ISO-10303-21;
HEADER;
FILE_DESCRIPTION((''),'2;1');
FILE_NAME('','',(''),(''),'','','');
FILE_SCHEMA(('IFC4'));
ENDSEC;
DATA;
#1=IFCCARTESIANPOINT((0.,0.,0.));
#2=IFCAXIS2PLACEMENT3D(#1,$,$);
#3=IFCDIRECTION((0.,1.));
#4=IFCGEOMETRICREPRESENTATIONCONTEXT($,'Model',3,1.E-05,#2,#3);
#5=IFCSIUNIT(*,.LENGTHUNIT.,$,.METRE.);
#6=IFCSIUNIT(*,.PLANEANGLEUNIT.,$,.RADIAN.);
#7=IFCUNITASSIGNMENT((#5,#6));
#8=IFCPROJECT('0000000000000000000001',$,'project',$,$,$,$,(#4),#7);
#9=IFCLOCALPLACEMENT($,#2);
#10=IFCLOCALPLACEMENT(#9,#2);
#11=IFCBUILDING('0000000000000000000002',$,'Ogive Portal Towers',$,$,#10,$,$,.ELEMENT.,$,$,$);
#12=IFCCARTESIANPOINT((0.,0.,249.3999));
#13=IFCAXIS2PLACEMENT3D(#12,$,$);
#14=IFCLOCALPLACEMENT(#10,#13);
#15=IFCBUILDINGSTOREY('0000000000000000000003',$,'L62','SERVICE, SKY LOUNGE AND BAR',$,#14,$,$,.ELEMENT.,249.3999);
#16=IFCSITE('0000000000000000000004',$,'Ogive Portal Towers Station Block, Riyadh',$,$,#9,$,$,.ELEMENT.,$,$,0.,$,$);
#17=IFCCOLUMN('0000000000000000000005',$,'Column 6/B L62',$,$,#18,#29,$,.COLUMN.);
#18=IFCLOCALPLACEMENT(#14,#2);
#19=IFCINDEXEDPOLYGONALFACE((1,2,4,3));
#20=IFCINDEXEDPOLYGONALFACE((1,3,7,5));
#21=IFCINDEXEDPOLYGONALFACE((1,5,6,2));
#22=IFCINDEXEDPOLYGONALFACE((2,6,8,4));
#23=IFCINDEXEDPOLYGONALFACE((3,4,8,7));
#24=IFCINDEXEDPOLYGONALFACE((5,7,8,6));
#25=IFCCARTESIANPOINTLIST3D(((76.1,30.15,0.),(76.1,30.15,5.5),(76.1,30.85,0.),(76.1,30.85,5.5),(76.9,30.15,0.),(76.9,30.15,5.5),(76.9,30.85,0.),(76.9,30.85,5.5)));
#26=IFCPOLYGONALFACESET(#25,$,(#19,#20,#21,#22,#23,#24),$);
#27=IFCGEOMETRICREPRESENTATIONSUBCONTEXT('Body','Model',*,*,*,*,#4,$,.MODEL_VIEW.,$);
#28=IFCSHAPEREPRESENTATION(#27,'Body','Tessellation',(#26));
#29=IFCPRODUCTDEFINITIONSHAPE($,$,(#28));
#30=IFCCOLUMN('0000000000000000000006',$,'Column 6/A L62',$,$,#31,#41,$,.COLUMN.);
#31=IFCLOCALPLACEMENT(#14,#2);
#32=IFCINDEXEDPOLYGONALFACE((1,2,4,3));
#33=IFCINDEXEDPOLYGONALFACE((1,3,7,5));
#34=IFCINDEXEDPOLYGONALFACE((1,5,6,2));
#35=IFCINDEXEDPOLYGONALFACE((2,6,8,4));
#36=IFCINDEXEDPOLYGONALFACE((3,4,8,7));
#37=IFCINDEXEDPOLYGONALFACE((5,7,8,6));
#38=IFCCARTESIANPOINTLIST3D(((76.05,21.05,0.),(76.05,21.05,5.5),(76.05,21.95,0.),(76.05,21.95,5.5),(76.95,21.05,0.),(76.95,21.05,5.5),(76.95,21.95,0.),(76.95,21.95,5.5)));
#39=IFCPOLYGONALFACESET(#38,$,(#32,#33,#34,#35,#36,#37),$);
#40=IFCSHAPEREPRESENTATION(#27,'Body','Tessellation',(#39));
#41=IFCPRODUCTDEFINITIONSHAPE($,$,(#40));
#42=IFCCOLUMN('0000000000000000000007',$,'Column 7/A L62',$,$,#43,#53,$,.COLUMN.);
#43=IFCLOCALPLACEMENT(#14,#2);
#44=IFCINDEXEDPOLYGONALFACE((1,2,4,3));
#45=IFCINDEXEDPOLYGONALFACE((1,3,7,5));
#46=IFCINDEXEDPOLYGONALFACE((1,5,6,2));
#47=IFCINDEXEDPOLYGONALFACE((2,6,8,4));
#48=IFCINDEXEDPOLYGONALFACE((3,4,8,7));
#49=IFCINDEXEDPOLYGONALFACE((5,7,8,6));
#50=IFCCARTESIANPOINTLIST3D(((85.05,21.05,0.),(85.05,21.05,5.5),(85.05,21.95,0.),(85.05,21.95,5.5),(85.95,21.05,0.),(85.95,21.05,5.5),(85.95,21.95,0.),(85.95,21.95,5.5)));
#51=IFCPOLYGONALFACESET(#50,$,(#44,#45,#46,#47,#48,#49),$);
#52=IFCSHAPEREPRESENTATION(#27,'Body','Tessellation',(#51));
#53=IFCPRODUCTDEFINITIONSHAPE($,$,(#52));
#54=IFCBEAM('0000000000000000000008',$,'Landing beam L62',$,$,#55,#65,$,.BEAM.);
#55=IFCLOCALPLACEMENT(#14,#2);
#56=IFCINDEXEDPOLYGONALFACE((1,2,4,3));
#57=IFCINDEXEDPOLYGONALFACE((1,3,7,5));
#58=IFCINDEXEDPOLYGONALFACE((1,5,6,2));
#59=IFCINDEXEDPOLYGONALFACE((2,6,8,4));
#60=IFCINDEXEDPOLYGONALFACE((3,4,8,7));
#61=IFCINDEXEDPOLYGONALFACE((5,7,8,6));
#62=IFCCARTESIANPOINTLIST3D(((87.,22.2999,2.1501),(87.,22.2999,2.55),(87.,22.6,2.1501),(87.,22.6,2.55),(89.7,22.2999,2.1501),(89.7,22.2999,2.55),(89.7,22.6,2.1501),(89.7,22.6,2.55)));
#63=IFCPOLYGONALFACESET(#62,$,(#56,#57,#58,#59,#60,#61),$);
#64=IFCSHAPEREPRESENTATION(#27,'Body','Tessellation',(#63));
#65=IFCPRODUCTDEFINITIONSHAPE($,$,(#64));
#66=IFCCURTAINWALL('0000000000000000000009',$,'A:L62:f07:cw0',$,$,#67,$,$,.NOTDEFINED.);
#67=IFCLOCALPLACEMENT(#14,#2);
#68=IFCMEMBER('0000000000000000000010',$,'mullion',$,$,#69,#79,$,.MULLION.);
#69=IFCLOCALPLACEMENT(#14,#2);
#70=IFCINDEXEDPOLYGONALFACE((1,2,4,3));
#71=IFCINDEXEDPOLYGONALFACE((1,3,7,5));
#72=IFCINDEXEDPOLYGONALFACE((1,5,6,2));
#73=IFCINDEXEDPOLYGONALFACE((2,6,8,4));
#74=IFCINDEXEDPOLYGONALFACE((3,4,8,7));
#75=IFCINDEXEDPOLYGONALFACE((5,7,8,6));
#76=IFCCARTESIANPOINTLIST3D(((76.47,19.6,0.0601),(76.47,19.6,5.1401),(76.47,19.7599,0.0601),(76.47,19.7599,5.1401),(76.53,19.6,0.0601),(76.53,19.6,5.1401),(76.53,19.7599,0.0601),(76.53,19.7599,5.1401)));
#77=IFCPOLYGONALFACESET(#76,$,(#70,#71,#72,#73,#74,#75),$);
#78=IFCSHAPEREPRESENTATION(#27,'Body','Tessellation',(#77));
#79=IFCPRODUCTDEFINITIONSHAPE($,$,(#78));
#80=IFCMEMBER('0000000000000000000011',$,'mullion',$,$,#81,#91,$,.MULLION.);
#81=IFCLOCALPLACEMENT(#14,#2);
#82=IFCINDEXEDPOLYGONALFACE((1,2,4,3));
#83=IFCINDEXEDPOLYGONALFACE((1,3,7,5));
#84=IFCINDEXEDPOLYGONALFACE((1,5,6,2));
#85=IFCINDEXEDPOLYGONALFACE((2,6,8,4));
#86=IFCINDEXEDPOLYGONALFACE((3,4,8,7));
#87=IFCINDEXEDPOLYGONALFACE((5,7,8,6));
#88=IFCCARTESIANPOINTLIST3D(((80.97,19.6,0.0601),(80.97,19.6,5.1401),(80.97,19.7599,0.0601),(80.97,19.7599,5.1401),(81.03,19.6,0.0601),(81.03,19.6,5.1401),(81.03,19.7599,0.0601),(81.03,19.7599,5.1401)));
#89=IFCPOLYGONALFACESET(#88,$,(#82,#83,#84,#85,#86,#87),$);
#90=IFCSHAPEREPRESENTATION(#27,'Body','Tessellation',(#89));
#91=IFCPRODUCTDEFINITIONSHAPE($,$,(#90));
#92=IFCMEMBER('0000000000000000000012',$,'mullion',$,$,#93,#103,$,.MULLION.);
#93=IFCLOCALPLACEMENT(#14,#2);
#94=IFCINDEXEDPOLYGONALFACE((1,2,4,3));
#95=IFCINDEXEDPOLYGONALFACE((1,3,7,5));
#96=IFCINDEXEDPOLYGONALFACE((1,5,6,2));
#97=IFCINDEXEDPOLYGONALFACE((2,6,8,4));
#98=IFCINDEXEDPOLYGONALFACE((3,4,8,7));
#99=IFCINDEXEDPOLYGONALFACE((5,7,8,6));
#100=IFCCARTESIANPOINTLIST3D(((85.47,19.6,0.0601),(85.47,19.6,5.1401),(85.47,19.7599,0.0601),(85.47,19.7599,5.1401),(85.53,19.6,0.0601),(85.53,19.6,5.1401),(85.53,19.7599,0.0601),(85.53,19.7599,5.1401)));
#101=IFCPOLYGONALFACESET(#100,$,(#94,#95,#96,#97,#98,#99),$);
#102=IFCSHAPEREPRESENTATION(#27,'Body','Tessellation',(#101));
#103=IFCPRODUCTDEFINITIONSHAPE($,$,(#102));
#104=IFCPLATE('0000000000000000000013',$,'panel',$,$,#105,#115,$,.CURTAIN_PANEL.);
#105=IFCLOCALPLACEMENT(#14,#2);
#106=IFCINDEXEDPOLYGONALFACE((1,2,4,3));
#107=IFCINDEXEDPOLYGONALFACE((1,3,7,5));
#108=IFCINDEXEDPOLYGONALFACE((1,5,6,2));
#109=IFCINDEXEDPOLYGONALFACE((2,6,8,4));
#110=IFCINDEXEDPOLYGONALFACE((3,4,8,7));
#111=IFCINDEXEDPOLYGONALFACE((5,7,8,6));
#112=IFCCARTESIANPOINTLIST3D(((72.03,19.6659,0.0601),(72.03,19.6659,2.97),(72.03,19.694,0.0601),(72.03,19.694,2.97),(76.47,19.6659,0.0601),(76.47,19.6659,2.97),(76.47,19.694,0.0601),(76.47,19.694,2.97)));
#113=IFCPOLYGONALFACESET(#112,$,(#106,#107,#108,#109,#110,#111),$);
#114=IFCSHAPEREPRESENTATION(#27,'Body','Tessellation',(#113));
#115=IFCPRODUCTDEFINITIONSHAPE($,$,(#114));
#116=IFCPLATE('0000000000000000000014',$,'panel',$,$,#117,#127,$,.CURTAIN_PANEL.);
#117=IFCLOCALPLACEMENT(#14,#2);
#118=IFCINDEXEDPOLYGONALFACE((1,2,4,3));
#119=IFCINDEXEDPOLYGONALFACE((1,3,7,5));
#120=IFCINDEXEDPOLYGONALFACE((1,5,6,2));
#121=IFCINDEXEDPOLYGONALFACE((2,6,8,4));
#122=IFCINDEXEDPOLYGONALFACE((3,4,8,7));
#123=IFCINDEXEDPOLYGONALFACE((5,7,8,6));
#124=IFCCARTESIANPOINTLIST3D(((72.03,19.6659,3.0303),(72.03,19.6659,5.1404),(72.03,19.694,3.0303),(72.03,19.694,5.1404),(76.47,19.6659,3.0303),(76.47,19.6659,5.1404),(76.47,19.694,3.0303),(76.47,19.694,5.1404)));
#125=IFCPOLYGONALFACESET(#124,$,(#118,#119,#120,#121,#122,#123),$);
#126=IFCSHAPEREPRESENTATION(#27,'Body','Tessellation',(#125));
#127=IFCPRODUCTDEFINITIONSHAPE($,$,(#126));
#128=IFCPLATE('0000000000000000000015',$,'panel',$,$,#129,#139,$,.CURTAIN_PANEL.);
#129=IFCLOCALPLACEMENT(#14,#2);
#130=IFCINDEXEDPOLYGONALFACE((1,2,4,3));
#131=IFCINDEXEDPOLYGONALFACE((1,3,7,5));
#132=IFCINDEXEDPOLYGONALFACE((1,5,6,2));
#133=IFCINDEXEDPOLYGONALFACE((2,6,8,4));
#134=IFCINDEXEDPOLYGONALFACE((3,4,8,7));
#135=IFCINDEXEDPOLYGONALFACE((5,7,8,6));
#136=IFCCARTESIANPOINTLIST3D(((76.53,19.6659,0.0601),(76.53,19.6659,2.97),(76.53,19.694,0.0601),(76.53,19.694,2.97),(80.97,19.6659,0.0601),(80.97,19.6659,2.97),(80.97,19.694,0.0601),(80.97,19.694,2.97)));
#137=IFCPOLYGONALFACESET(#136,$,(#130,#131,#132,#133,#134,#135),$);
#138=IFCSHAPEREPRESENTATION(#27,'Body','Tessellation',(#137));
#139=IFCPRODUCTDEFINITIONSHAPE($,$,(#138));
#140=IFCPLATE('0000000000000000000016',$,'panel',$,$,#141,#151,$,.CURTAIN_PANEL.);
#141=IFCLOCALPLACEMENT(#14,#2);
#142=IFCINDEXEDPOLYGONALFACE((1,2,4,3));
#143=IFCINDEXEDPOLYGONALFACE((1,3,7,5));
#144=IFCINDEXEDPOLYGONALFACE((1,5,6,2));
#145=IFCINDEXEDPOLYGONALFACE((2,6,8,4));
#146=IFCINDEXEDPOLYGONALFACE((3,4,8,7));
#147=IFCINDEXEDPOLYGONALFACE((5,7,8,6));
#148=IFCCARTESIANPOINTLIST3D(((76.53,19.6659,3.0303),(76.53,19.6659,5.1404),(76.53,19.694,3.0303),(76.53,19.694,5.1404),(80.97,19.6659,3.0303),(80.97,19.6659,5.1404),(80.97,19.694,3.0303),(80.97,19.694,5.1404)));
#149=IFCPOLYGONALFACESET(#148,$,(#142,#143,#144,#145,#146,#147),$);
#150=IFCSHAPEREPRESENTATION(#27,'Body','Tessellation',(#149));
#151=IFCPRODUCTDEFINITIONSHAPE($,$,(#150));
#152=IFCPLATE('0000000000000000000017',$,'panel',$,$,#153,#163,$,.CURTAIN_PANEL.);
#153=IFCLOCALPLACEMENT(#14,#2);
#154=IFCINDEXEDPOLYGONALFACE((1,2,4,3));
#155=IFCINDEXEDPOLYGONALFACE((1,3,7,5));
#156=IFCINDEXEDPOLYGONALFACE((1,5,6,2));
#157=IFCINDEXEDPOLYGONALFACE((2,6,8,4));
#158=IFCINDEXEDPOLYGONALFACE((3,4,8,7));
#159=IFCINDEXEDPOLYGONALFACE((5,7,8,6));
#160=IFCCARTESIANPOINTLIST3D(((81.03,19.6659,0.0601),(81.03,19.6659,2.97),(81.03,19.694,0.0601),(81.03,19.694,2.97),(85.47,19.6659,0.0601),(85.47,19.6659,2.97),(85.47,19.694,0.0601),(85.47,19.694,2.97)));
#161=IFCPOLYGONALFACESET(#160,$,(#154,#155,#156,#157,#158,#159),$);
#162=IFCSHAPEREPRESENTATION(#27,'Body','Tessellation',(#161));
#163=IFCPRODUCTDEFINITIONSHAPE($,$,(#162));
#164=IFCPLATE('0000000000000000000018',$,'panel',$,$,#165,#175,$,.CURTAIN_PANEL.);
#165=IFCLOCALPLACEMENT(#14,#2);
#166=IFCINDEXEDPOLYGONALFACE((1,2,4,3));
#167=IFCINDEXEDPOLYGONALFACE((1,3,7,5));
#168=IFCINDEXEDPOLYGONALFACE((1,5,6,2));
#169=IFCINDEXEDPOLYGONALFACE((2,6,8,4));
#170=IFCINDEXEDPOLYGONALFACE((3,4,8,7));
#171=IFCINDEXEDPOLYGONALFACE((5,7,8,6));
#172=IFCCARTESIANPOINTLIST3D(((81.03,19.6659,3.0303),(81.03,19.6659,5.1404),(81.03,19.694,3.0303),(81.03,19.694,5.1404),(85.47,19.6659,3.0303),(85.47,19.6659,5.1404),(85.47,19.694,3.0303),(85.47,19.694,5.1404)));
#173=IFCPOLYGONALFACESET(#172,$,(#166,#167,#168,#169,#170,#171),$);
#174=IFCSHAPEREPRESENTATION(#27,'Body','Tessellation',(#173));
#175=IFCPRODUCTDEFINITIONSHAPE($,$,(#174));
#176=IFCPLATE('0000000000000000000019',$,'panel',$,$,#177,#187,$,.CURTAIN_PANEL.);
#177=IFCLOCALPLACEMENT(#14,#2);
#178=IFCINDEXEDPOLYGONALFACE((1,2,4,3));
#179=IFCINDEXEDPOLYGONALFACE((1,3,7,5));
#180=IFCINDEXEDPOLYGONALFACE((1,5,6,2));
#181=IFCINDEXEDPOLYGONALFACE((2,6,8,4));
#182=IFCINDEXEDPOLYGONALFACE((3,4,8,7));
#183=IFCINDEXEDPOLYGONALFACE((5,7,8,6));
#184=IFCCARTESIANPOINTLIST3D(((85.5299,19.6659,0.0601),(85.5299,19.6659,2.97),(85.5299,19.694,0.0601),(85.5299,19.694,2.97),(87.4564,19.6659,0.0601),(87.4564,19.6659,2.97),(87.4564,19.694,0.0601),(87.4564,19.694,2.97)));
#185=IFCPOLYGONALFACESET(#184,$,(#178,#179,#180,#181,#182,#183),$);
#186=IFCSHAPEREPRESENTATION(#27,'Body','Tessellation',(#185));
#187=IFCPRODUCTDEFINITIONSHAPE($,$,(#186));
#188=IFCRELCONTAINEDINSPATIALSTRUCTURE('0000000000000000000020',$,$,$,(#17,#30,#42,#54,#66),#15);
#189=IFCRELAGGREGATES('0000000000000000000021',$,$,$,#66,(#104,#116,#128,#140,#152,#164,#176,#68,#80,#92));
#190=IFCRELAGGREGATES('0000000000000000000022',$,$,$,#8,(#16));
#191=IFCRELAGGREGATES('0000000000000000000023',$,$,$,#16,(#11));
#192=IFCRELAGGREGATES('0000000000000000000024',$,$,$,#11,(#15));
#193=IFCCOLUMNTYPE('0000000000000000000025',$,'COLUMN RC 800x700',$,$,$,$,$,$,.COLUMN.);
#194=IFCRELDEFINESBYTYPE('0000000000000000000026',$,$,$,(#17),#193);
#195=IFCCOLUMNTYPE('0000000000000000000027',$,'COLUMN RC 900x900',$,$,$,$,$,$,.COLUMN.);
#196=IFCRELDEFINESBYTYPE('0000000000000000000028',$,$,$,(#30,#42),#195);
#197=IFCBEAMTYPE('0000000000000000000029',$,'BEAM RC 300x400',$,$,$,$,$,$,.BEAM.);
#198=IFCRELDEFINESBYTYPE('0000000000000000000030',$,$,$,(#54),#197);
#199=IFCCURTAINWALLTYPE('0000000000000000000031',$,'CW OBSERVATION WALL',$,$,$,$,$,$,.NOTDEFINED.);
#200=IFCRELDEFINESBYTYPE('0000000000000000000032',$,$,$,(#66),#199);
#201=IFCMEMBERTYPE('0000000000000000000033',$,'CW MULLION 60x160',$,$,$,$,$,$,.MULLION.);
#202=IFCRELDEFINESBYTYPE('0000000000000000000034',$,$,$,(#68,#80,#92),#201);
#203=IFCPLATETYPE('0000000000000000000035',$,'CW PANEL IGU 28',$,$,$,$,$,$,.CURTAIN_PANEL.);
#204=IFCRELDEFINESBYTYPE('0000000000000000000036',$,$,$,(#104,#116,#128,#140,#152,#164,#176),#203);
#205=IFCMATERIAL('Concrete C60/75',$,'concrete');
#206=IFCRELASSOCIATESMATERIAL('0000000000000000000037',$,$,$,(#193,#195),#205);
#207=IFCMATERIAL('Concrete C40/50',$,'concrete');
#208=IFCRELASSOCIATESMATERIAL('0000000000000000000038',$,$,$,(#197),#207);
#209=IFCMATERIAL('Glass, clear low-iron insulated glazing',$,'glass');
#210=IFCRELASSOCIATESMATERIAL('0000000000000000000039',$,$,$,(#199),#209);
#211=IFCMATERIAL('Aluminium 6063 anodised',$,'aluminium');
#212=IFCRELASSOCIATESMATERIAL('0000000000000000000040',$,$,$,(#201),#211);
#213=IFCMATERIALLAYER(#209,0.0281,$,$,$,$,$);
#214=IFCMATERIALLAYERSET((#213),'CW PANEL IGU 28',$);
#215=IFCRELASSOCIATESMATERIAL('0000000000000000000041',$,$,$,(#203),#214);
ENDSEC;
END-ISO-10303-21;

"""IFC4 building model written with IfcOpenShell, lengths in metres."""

from ifc_helpers import new_model, si_unit, direction, frame, origin, origin_2d, place, context, subcontext, project, spatial, rectangle, extrude, material, layer, layer_set, material_profile, profile_set, type_object, element, aggregate, save


model = new_model("IFC4")

# Units and contexts
model_context = context("Model", 3, precision=1e-05, world=origin(), true_north=direction((0.0, 1.0)))
body_context = subcontext(model_context, "Body", "Model", "MODEL_VIEW")
ifc_project = project(units=[si_unit("LENGTHUNIT", "METRE"), si_unit("PLANEANGLEUNIT", "RADIAN")], contexts=[model_context])

# Site, building, storey
site_placement = place(None, origin())
site = spatial("IfcSite", under=ifc_project, at=site_placement, Name="Ogive Portal Towers Station Block, Riyadh", CompositionType="ELEMENT", RefElevation=0.0)
building_placement = place(site_placement, origin())
building = spatial("IfcBuilding", under=site, at=building_placement, Name="Ogive Portal Towers", CompositionType="ELEMENT")
storey_placement = place(building_placement, frame((0.0, 0.0, 249.3999)))
storey = spatial("IfcBuildingStorey", under=building, at=storey_placement, Name="L62", Description="SERVICE, SKY LOUNGE AND BAR", CompositionType="ELEMENT", Elevation=249.3999)

# Columns
ifc_material_1 = material(Name="Concrete C60/75", Category="concrete")
ifc_material_profile_1 = material_profile(ifc_material_1, rectangle(XDim=0.8, YDim=0.7, at=origin_2d()), Name="RC 800x700")
ifc_profile_set_1 = profile_set([ifc_material_profile_1], Name="Concrete C60/75")
column_type_1 = type_object("IfcColumnType", Name="COLUMN RC 800x700", PredefinedType="COLUMN", material=ifc_profile_set_1)
column_placement = place(storey_placement, frame((76.5, 30.5, 0.0), z_axis=(0.0, 0.0, 1.0), x_axis=(1.0, 0.0, 0.0)))
element("IfcColumn", 1, at=column_placement, inside=storey, type_object=column_type_1, Name="Column 6/B L62", PredefinedType="COLUMN", context=body_context, shape_type="SweptSolid", body=[
    extrude(rectangle(XDim=0.8, YDim=0.7, at=origin_2d()), origin(), (0.0, 0.0, 1.0), 5.5),
])
ifc_material_profile_2 = material_profile(ifc_material_1, rectangle(XDim=0.8999, YDim=0.8999, at=origin_2d()), Name="RC 900x900")
ifc_profile_set_2 = profile_set([ifc_material_profile_2], Name="Concrete C60/75")
column_type_2 = type_object("IfcColumnType", Name="COLUMN RC 900x900", PredefinedType="COLUMN", material=ifc_profile_set_2)
for number, where, z_axis, x_axis, name in (
    (2, (76.5, 21.5, 0.0), (0.0, 0.0, 1.0), (1.0, 0.0, 0.0), "Column 6/A L62"),
    (3, (85.5, 21.5, 0.0), (0.0, 0.0, 1.0), (1.0, 0.0, 0.0), "Column 7/A L62"),
):
    element("IfcColumn", number, at=place(storey_placement, frame(where, z_axis=z_axis, x_axis=x_axis)), inside=storey, type_object=column_type_2, Name=name, PredefinedType="COLUMN", context=body_context, shape_type="SweptSolid", body=[
        extrude(rectangle(XDim=0.8999, YDim=0.8999, at=origin_2d()), origin(), (0.0, 0.0, 1.0), 5.5),
    ])

# Beam
ifc_material_2 = material(Name="Concrete C40/50", Category="concrete")
ifc_material_profile_3 = material_profile(ifc_material_2, rectangle(XDim=0.3, YDim=0.3999, at=origin_2d()), Name="RC 300x400")
ifc_profile_set_3 = profile_set([ifc_material_profile_3], Name="Concrete C40/50")
beam_type = type_object("IfcBeamType", Name="BEAM RC 300x400", PredefinedType="BEAM", material=ifc_profile_set_3)
beam_placement = place(storey_placement, frame((87.0, 22.45, 2.3501), z_axis=(1.0, 0.0, 0.0), x_axis=(0.0, 1.0, 0.0)))
element("IfcBeam", 4, at=beam_placement, inside=storey, type_object=beam_type, Name="Landing beam L62", PredefinedType="BEAM", context=body_context, shape_type="SweptSolid", body=[
    extrude(rectangle(XDim=0.3, YDim=0.3999, at=origin_2d()), origin(), (0.0, 0.0, 1.0), 2.7),
])

# Curtain wall, members, plates
ifc_material_3 = material(Name="Glass, clear low-iron insulated glazing", Category="glass")
curtain_wall_type = type_object("IfcCurtainWallType", Name="CW OBSERVATION WALL", PredefinedType="NOTDEFINED", material=ifc_material_3)
curtain_wall_placement = place(storey_placement, origin())
curtain_wall = element("IfcCurtainWall", 5, at=curtain_wall_placement, inside=storey, type_object=curtain_wall_type, Name="A:L62:f07:cw0", PredefinedType="NOTDEFINED")
ifc_material_4 = material(Name="Aluminium 6063 anodised", Category="aluminium")
ifc_material_profile_4 = material_profile(ifc_material_4, rectangle(XDim=0.1599, YDim=0.0601, at=origin_2d()), Name="AL 60x160")
ifc_profile_set_4 = profile_set([ifc_material_profile_4], Name="Aluminium 6063 anodised")
member_type = type_object("IfcMemberType", Name="CW MULLION 60x160", PredefinedType="MULLION", material=ifc_profile_set_4)
member_1_placement = place(storey_placement, frame((76.5, 19.6799, 0.0601), z_axis=(0.0, 0.0, 1.0), x_axis=(0.0, 1.0, 0.0)))
member_1 = element("IfcMember", 6, at=member_1_placement, type_object=member_type, Name="mullion", PredefinedType="MULLION", context=body_context, shape_type="SweptSolid", body=[
    extrude(rectangle(XDim=0.1599, YDim=0.0601, at=origin_2d()), origin(), (0.0, 0.0, 1.0), 5.0801),
])
member_2_placement = place(storey_placement, frame((81.0, 19.6799, 0.0601), z_axis=(0.0, 0.0, 1.0), x_axis=(0.0, 1.0, 0.0)))
member_2 = element("IfcMember", 7, at=member_2_placement, type_object=member_type, Name="mullion", PredefinedType="MULLION", context=body_context, shape_type="SweptSolid", body=[
    extrude(rectangle(XDim=0.1599, YDim=0.0601, at=origin_2d()), origin(), (0.0, 0.0, 1.0), 5.0801),
])
member_3_placement = place(storey_placement, frame((85.5, 19.6799, 0.0601), z_axis=(0.0, 0.0, 1.0), x_axis=(0.0, 1.0, 0.0)))
member_3 = element("IfcMember", 8, at=member_3_placement, type_object=member_type, Name="mullion", PredefinedType="MULLION", context=body_context, shape_type="SweptSolid", body=[
    extrude(rectangle(XDim=0.1599, YDim=0.0601, at=origin_2d()), origin(), (0.0, 0.0, 1.0), 5.0801),
])
ifc_layer_1 = layer(ifc_material_3, 0.0281)
ifc_layer_set_1 = layer_set([ifc_layer_1], Name="CW PANEL IGU 28")
plate_type = type_object("IfcPlateType", Name="CW PANEL IGU 28", PredefinedType="CURTAIN_PANEL", material=ifc_layer_set_1)
plate_1_placement = place(storey_placement, frame((74.25, 19.6799, 0.0601), z_axis=(0.0, 0.0, 1.0), x_axis=(1.0, 0.0, 0.0)))
plate_1 = element("IfcPlate", 9, at=plate_1_placement, type_object=plate_type, Name="panel", PredefinedType="CURTAIN_PANEL", context=body_context, shape_type="SweptSolid", body=[
    extrude(rectangle(XDim=4.4399, YDim=0.0281, at=origin_2d()), origin(), (0.0, 0.0, 1.0), 2.9099),
])
plate_2_placement = place(storey_placement, frame((74.25, 19.6799, 3.0303), z_axis=(0.0, 0.0, 1.0), x_axis=(1.0, 0.0, 0.0)))
plate_2 = element("IfcPlate", 10, at=plate_2_placement, type_object=plate_type, Name="panel", PredefinedType="CURTAIN_PANEL", context=body_context, shape_type="SweptSolid", body=[
    extrude(rectangle(XDim=4.4399, YDim=0.0281, at=origin_2d()), origin(), (0.0, 0.0, 1.0), 2.1101),
])
plate_3_placement = place(storey_placement, frame((78.75, 19.6799, 0.0601), z_axis=(0.0, 0.0, 1.0), x_axis=(1.0, 0.0, 0.0)))
plate_3 = element("IfcPlate", 11, at=plate_3_placement, type_object=plate_type, Name="panel", PredefinedType="CURTAIN_PANEL", context=body_context, shape_type="SweptSolid", body=[
    extrude(rectangle(XDim=4.4399, YDim=0.0281, at=origin_2d()), origin(), (0.0, 0.0, 1.0), 2.9099),
])
plate_4_placement = place(storey_placement, frame((78.75, 19.6799, 3.0303), z_axis=(0.0, 0.0, 1.0), x_axis=(1.0, 0.0, 0.0)))
plate_4 = element("IfcPlate", 12, at=plate_4_placement, type_object=plate_type, Name="panel", PredefinedType="CURTAIN_PANEL", context=body_context, shape_type="SweptSolid", body=[
    extrude(rectangle(XDim=4.4399, YDim=0.0281, at=origin_2d()), origin(), (0.0, 0.0, 1.0), 2.1101),
])
plate_5_placement = place(storey_placement, frame((83.25, 19.6799, 0.0601), z_axis=(0.0, 0.0, 1.0), x_axis=(1.0, 0.0, 0.0)))
plate_5 = element("IfcPlate", 13, at=plate_5_placement, type_object=plate_type, Name="panel", PredefinedType="CURTAIN_PANEL", context=body_context, shape_type="SweptSolid", body=[
    extrude(rectangle(XDim=4.4399, YDim=0.0281, at=origin_2d()), origin(), (0.0, 0.0, 1.0), 2.9099),
])
plate_6_placement = place(storey_placement, frame((83.25, 19.6799, 3.0303), z_axis=(0.0, 0.0, 1.0), x_axis=(1.0, 0.0, 0.0)))
plate_6 = element("IfcPlate", 14, at=plate_6_placement, type_object=plate_type, Name="panel", PredefinedType="CURTAIN_PANEL", context=body_context, shape_type="SweptSolid", body=[
    extrude(rectangle(XDim=4.4399, YDim=0.0281, at=origin_2d()), origin(), (0.0, 0.0, 1.0), 2.1101),
])
plate_7_placement = place(storey_placement, frame((86.4932, 19.6799, 0.0601), z_axis=(0.0, 0.0, 1.0), x_axis=(1.0, 0.0, 0.0)))
plate_7 = element("IfcPlate", 15, at=plate_7_placement, type_object=plate_type, Name="panel", PredefinedType="CURTAIN_PANEL", context=body_context, shape_type="SweptSolid", body=[
    extrude(rectangle(XDim=1.9265, YDim=0.0281, at=origin_2d()), origin(), (0.0, 0.0, 1.0), 2.9099),
])
aggregate(curtain_wall, [plate_1, plate_2, plate_3, plate_4, plate_5, plate_6, plate_7, member_1, member_2, member_3])

save(model, "model.ifc")
